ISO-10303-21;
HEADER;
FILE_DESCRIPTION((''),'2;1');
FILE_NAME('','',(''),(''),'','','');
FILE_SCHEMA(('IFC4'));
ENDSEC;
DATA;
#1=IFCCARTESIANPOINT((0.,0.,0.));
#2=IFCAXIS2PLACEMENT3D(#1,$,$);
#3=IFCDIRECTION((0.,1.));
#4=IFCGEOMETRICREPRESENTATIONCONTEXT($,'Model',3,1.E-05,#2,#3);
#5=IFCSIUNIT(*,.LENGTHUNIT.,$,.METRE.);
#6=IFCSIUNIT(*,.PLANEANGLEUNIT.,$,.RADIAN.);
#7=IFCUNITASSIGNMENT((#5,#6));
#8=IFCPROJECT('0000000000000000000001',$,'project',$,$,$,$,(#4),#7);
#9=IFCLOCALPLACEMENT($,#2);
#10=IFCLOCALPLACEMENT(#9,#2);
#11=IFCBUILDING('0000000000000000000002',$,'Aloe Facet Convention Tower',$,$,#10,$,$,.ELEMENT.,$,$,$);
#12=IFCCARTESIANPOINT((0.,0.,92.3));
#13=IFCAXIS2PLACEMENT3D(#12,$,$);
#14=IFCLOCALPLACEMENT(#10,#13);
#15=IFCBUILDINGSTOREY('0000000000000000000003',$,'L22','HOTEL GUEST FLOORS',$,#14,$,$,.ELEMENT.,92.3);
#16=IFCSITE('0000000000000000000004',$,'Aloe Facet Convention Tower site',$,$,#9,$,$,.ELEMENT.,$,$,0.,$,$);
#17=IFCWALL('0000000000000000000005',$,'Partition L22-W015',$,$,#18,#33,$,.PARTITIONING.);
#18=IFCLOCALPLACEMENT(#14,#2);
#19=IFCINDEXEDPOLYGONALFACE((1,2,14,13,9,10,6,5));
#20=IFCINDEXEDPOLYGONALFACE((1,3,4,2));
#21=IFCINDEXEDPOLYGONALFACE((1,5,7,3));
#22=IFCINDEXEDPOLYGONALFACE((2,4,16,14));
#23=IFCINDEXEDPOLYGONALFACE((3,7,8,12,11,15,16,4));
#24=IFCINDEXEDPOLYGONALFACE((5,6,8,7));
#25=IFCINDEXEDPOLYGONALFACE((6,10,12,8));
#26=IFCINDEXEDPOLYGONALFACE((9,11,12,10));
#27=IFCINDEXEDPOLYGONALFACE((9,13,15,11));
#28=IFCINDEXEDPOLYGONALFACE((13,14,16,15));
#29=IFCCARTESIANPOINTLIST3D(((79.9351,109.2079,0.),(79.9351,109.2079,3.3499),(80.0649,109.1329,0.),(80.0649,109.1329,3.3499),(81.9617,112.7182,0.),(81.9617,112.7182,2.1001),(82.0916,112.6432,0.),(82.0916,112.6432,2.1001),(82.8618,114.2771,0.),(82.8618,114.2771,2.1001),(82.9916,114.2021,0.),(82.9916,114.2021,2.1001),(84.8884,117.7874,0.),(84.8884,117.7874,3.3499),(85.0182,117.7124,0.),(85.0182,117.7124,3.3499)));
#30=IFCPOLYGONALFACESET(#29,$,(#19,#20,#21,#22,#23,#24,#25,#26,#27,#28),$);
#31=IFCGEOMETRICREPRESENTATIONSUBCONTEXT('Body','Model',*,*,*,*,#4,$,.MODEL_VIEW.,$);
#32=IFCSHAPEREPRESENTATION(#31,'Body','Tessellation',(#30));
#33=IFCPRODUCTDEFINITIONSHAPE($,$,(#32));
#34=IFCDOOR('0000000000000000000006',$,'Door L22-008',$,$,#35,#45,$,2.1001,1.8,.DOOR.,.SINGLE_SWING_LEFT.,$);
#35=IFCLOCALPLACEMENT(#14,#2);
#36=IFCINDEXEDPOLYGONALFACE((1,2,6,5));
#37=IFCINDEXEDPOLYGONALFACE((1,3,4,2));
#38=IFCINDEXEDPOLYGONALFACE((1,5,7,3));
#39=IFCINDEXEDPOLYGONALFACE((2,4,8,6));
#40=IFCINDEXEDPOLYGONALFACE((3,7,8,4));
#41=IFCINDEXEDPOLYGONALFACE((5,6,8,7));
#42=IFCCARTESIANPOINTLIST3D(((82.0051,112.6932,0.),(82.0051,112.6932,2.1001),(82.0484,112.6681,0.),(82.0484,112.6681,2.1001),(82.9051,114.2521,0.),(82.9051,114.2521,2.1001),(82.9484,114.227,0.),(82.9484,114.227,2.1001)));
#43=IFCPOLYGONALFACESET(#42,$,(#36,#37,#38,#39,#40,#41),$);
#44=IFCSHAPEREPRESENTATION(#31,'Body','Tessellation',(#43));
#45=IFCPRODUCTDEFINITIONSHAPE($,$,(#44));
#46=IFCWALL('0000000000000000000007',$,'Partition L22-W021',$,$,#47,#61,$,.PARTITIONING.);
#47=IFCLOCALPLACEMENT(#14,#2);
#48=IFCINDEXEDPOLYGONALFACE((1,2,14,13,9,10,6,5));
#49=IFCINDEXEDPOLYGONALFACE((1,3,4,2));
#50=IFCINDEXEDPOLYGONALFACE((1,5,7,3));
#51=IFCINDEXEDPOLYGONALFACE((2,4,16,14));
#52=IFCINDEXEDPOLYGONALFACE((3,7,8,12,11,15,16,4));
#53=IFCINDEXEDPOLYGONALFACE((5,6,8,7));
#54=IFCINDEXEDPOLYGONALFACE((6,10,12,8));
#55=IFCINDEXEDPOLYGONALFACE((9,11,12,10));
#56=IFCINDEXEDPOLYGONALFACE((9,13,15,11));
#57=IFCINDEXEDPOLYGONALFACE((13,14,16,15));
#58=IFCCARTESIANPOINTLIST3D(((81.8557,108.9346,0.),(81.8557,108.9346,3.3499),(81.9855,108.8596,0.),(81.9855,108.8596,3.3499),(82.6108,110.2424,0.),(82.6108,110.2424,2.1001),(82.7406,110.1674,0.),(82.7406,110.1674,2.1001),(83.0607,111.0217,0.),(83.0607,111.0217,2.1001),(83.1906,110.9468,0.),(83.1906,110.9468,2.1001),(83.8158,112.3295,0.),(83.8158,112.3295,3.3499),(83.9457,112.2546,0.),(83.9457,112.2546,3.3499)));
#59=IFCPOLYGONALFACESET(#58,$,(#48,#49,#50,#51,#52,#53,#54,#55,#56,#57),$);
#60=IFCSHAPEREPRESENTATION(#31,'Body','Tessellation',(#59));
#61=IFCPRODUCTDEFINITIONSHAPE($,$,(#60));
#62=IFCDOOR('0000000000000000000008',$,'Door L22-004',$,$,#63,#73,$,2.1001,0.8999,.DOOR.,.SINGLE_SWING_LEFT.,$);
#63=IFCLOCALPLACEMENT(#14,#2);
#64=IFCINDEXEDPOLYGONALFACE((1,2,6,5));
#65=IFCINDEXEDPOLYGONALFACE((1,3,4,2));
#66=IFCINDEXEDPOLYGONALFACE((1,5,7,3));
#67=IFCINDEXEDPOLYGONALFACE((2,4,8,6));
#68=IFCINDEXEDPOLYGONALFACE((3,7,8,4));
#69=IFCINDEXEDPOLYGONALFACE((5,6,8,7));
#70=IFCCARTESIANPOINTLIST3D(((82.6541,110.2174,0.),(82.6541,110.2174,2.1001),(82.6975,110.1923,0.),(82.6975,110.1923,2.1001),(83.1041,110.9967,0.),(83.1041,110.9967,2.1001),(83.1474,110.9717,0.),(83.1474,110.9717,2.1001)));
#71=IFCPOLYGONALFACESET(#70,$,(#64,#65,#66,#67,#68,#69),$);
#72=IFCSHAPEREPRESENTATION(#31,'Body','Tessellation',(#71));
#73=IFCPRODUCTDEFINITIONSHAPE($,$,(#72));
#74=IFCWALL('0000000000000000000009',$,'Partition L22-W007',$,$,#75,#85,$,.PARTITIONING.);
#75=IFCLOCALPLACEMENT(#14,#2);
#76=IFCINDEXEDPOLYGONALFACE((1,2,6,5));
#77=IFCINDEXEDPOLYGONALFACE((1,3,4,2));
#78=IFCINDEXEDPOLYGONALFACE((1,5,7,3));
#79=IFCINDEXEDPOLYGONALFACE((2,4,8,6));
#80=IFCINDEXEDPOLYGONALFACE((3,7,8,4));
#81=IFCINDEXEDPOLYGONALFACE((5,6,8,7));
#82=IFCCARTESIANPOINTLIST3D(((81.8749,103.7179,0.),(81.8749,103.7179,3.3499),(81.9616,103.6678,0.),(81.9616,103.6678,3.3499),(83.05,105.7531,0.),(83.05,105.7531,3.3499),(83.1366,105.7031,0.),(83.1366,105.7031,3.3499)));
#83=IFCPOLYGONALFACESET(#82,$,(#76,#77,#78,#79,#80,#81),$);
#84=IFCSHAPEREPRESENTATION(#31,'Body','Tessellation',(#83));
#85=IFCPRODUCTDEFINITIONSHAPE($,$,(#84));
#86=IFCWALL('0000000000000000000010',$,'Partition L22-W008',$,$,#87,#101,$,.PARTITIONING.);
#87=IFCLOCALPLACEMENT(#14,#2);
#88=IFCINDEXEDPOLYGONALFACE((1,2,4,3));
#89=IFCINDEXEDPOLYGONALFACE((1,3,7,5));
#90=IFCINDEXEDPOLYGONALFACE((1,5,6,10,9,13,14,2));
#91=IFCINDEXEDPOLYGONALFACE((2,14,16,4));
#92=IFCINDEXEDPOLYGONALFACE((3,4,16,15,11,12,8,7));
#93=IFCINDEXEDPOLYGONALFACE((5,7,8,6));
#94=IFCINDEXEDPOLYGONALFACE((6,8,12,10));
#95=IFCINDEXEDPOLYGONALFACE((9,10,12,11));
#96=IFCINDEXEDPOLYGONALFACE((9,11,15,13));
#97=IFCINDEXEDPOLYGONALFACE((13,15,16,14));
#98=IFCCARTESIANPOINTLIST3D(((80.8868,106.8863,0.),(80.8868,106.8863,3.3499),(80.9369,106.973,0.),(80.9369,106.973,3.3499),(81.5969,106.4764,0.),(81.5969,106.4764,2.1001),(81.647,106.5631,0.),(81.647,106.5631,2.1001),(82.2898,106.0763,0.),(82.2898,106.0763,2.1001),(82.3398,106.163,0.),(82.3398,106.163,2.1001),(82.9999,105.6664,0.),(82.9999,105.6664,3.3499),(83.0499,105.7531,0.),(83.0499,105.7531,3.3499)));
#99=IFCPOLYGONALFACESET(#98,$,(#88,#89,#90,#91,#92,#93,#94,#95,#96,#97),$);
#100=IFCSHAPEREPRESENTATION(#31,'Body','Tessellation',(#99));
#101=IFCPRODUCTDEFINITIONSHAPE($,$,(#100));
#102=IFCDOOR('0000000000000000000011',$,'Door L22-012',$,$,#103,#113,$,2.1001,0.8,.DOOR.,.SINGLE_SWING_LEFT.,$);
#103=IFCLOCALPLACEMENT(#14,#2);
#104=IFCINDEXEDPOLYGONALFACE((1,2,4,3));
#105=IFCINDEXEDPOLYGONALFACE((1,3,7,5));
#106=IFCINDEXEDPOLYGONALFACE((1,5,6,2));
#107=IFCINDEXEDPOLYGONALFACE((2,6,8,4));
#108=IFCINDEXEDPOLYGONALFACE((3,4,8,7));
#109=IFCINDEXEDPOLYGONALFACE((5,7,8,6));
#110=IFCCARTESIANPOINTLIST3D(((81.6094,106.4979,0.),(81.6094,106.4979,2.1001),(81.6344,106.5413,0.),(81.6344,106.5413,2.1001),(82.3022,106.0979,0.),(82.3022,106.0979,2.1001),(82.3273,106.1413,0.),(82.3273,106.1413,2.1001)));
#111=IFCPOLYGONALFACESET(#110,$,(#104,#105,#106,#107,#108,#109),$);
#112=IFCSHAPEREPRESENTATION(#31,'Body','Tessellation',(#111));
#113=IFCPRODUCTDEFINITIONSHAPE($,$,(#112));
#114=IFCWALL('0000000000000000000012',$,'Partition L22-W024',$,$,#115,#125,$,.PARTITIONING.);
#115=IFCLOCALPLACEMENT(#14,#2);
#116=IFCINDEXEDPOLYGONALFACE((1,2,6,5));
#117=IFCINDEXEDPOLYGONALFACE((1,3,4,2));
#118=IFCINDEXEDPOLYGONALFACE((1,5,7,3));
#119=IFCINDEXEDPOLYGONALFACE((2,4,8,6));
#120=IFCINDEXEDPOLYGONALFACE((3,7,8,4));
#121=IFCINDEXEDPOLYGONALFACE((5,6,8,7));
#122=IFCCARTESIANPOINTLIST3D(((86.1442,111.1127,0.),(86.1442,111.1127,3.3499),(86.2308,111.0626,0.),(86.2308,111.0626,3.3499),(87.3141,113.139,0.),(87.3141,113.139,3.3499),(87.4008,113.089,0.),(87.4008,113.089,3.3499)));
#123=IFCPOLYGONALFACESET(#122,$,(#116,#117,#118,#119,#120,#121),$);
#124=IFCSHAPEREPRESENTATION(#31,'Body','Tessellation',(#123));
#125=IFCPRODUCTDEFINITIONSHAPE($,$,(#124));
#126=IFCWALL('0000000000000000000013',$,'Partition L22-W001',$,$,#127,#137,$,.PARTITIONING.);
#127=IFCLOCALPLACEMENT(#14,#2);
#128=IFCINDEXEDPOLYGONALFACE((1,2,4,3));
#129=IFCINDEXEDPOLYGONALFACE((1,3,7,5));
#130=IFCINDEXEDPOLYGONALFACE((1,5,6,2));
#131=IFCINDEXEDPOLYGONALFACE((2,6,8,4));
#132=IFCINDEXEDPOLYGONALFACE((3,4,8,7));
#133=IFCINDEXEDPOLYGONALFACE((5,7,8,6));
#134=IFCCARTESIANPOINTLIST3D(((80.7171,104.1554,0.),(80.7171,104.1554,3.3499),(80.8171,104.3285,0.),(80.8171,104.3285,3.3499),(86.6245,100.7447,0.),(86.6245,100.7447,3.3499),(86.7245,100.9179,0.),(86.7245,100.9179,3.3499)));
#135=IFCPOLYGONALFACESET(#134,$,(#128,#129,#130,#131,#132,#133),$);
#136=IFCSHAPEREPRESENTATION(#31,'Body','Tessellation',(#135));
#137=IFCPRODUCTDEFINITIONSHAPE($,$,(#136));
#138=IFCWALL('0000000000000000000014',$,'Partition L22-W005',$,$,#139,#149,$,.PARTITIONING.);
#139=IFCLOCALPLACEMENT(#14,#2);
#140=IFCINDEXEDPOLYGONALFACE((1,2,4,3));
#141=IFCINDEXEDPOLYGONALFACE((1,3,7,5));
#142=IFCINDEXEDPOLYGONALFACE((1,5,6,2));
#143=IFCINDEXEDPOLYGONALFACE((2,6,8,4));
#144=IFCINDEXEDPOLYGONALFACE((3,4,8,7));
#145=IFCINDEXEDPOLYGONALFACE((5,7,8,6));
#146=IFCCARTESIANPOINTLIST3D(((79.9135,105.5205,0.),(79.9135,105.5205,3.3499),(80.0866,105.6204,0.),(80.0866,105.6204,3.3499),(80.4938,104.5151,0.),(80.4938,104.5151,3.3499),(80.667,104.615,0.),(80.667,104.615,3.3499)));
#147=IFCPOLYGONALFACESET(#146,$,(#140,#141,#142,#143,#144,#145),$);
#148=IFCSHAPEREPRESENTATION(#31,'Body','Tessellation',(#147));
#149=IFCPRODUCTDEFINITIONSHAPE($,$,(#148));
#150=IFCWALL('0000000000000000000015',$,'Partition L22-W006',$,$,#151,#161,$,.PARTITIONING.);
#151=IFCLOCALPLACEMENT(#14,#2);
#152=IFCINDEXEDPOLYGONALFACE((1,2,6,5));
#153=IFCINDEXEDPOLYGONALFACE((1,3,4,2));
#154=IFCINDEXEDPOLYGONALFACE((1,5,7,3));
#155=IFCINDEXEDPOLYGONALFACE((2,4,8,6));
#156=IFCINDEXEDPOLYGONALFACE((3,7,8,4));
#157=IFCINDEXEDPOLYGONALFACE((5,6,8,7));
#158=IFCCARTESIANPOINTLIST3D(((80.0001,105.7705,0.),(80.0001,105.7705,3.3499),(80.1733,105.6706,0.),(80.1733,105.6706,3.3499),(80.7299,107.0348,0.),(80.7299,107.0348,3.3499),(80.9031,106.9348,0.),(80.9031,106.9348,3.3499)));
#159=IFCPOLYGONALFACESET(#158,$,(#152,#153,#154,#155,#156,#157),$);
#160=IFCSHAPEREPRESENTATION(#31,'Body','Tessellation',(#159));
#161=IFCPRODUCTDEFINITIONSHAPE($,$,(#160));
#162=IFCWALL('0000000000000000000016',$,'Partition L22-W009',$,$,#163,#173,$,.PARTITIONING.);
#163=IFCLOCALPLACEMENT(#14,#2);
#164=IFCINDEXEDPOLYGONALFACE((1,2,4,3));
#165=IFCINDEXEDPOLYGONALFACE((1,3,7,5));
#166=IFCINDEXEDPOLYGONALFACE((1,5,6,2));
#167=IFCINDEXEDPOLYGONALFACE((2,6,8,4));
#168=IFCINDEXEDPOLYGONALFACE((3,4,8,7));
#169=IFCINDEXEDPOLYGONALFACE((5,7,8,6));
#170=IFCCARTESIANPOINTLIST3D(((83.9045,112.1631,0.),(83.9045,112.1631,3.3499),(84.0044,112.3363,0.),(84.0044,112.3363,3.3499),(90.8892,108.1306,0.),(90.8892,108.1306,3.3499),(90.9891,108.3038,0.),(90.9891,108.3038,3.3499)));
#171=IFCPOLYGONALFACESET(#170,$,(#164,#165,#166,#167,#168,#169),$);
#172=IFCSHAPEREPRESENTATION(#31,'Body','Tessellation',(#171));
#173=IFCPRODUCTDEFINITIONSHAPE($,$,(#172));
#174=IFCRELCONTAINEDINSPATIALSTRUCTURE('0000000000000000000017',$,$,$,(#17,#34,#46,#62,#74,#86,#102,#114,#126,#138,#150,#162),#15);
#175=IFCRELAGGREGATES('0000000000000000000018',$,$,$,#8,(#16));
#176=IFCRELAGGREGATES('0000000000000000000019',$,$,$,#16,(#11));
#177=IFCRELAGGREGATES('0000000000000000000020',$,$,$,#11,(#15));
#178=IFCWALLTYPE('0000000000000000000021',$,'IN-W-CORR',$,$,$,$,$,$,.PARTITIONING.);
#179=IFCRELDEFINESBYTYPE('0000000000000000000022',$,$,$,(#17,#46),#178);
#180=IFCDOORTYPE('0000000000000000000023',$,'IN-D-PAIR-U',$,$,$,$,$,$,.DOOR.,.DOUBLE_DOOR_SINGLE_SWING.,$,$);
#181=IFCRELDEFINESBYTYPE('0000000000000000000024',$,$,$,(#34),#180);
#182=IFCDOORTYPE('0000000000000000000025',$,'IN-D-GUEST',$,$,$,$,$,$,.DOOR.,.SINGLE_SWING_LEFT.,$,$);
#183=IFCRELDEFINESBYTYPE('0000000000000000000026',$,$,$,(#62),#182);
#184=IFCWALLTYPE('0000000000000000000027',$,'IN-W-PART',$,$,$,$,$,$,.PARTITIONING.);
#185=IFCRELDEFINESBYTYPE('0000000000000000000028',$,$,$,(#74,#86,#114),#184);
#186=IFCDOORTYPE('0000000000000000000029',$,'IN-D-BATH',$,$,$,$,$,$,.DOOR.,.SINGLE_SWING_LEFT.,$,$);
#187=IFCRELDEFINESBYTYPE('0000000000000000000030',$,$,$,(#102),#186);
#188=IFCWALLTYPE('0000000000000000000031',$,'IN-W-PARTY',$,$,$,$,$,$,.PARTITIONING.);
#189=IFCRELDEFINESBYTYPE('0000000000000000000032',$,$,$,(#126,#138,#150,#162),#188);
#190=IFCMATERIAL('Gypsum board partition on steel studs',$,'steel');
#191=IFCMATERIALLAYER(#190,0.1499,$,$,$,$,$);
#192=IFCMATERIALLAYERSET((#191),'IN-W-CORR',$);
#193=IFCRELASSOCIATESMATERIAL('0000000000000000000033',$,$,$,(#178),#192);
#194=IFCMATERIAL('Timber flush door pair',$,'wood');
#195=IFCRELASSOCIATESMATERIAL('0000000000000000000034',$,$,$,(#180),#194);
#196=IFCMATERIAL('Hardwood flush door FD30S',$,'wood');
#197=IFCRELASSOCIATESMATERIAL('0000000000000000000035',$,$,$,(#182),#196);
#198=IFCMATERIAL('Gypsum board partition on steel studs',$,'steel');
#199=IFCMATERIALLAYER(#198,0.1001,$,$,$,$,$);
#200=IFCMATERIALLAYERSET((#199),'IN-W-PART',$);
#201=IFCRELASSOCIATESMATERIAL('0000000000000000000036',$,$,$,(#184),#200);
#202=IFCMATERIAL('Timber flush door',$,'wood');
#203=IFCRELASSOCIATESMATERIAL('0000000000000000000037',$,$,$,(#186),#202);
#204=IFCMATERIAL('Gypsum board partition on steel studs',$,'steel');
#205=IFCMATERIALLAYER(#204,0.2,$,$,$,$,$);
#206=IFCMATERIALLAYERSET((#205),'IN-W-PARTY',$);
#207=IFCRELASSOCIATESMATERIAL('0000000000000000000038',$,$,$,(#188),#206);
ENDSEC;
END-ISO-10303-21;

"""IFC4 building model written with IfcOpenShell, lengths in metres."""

from ifc_helpers import new_model, si_unit, direction, frame, frame_2d, origin, place, context, subcontext, project, spatial, rectangle, extrude, material, layer, layer_set, type_object, element, fill, save


model = new_model("IFC4")

# Units and contexts
model_context = context("Model", 3, precision=1e-05, world=origin(), true_north=direction((0.0, 1.0)))
body_context = subcontext(model_context, "Body", "Model", "MODEL_VIEW")
ifc_project = project(units=[si_unit("LENGTHUNIT", "METRE"), si_unit("PLANEANGLEUNIT", "RADIAN")], contexts=[model_context])

# Site, building, storey
site_placement = place(None, origin())
site = spatial("IfcSite", under=ifc_project, at=site_placement, Name="Aloe Facet Convention Tower site", CompositionType="ELEMENT", RefElevation=0.0)
building_placement = place(site_placement, origin())
building = spatial("IfcBuilding", under=site, at=building_placement, Name="Aloe Facet Convention Tower", CompositionType="ELEMENT")
storey_placement = place(building_placement, frame((0.0, 0.0, 92.3)))
storey = spatial("IfcBuildingStorey", under=building, at=storey_placement, Name="L22", Description="HOTEL GUEST FLOORS", CompositionType="ELEMENT", Elevation=92.3)

# Shared definitions
ifc_material_1 = material(Name="Gypsum board partition on steel studs", Category="steel")
ifc_layer_1 = layer(ifc_material_1, 0.1499)
ifc_layer_set_1 = layer_set([ifc_layer_1], Name="IN-W-CORR")
wall_type_1 = type_object("IfcWallType", Name="IN-W-CORR", PredefinedType="PARTITIONING", material=ifc_layer_set_1)

# Walls, openings, doors
wall_1_placement = place(storey_placement, frame((80.0, 109.1704, 0.0), z_axis=(0.0, 0.0, 1.0), x_axis=(0.499996, 0.866028, 0.0)))
wall_1 = element("IfcWall", 1, at=wall_1_placement, inside=storey, type_object=wall_type_1, Name="Partition L22-W015", PredefinedType="PARTITIONING", context=body_context, shape_type="SweptSolid", body=[
    extrude(rectangle(XDim=9.9067, YDim=0.1499, at=frame_2d((4.9534, 0.0))), origin(), (0.0, 0.0, 1.0), 3.3499),
])
opening_1_placement = place(wall_1_placement, frame((4.0535, 0.0, 0.0)))
opening_1 = element("IfcOpeningElement", 2, at=opening_1_placement, cuts=wall_1, PredefinedType="OPENING", context=body_context, shape_type="SweptSolid", body=[
    extrude(rectangle(XDim=1.8, YDim=2.1001, at=frame_2d((0.8999, 1.05))), frame((0.0, 0.085, 0.0), z_axis=(0.0, -1.0, 0.0), x_axis=(1.0, 0.0, 0.0)), (0.0, 0.0, 1.0), 0.1699),
])
ifc_material_2 = material(Name="Timber flush door pair", Category="wood")
door_type_1 = type_object("IfcDoorType", Name="IN-D-PAIR-U", OperationType="DOUBLE_DOOR_SINGLE_SWING", PredefinedType="DOOR", material=ifc_material_2)
door_1_placement = place(opening_1_placement, origin())
door_1 = element("IfcDoor", 3, at=door_1_placement, inside=storey, type_object=door_type_1, Name="Door L22-008", OperationType="SINGLE_SWING_LEFT", OverallHeight=2.1001, OverallWidth=1.8, PredefinedType="DOOR", context=body_context, shape_type="SweptSolid", body=[
    extrude(rectangle(XDim=1.8, YDim=2.1001, at=frame_2d((0.8999, 1.05))), frame((0.0, 0.0249, 0.0), z_axis=(0.0, -1.0, 0.0), x_axis=(1.0, 0.0, 0.0)), (0.0, 0.0, 1.0), 0.05),
])
fill(opening_1, door_1)
wall_2_placement = place(storey_placement, frame((81.9207, 108.8972, 0.0), z_axis=(0.0, 0.0, 1.0), x_axis=(0.500017, 0.866016, 0.0)))
wall_2 = element("IfcWall", 4, at=wall_2_placement, inside=storey, type_object=wall_type_1, Name="Partition L22-W021", PredefinedType="PARTITIONING", context=body_context, shape_type="SweptSolid", body=[
    extrude(rectangle(XDim=3.9202, YDim=0.1499, at=frame_2d((1.96, 0.0))), origin(), (0.0, 0.0, 1.0), 3.3499),
])
opening_2_placement = place(wall_2_placement, frame((1.51, 0.0, 0.0)))
opening_2 = element("IfcOpeningElement", 5, at=opening_2_placement, cuts=wall_2, PredefinedType="OPENING", context=body_context, shape_type="SweptSolid", body=[
    extrude(rectangle(XDim=0.8999, YDim=2.1001, at=frame_2d((0.45, 1.05))), frame((0.0, 0.085, 0.0), z_axis=(0.0, -1.0, 0.0), x_axis=(1.0, 0.0, 0.0)), (0.0, 0.0, 1.0), 0.1699),
])
ifc_material_3 = material(Name="Hardwood flush door FD30S", Category="wood")
door_type_2 = type_object("IfcDoorType", Name="IN-D-GUEST", OperationType="SINGLE_SWING_LEFT", PredefinedType="DOOR", material=ifc_material_3)
door_2_placement = place(opening_2_placement, origin())
door_2 = element("IfcDoor", 6, at=door_2_placement, inside=storey, type_object=door_type_2, Name="Door L22-004", OperationType="SINGLE_SWING_LEFT", OverallHeight=2.1001, OverallWidth=0.8999, PredefinedType="DOOR", context=body_context, shape_type="SweptSolid", body=[
    extrude(rectangle(XDim=0.8999, YDim=2.1001, at=frame_2d((0.45, 1.05))), frame((0.0, 0.0249, 0.0), z_axis=(0.0, -1.0, 0.0), x_axis=(1.0, 0.0, 0.0)), (0.0, 0.0, 1.0), 0.05),
])
fill(opening_2, door_2)

# Wall
ifc_material_4 = material(Name="Gypsum board partition on steel studs", Category="steel")
ifc_layer_2 = layer(ifc_material_4, 0.1001)
ifc_layer_set_2 = layer_set([ifc_layer_2], Name="IN-W-PART")
wall_type_2 = type_object("IfcWallType", Name="IN-W-PART", PredefinedType="PARTITIONING", material=ifc_layer_set_2)
wall_3_placement = place(storey_placement, frame((81.9182, 103.6929, 0.0), z_axis=(0.0, 0.0, 1.0), x_axis=(0.500016, 0.866016, 0.0)))
element("IfcWall", 7, at=wall_3_placement, inside=storey, type_object=wall_type_2, Name="Partition L22-W007", PredefinedType="PARTITIONING", context=body_context, shape_type="SweptSolid", body=[
    extrude(rectangle(XDim=2.3501, YDim=0.1001, at=frame_2d((1.175, 0.0))), origin(), (0.0, 0.0, 1.0), 3.3499),
])

# Wall, opening, door
wall_4_placement = place(storey_placement, frame((80.9119, 106.9297, 0.0), z_axis=(0.0, 0.0, 1.0), x_axis=(0.866024, -0.500003, 0.0)))
wall_4 = element("IfcWall", 8, at=wall_4_placement, inside=storey, type_object=wall_type_2, Name="Partition L22-W008", PredefinedType="PARTITIONING", context=body_context, shape_type="SweptSolid", body=[
    extrude(rectangle(XDim=2.4399, YDim=0.1001, at=frame_2d((1.22, 0.0))), origin(), (0.0, 0.0, 1.0), 3.3499),
])
opening_3_placement = place(wall_4_placement, frame((0.8201, 0.0, 0.0)))
opening_3 = element("IfcOpeningElement", 9, at=opening_3_placement, cuts=wall_4, PredefinedType="OPENING", context=body_context, shape_type="SweptSolid", body=[
    extrude(rectangle(XDim=0.8, YDim=2.1001, at=frame_2d((0.3999, 1.05))), frame((0.0, 0.0601, 0.0), z_axis=(0.0, -1.0, 0.0), x_axis=(1.0, 0.0, 0.0)), (0.0, 0.0, 1.0), 0.1201),
])
ifc_material_5 = material(Name="Timber flush door", Category="wood")
door_type_3 = type_object("IfcDoorType", Name="IN-D-BATH", OperationType="SINGLE_SWING_LEFT", PredefinedType="DOOR", material=ifc_material_5)
door_3_placement = place(opening_3_placement, origin())
door_3 = element("IfcDoor", 10, at=door_3_placement, inside=storey, type_object=door_type_3, Name="Door L22-012", OperationType="SINGLE_SWING_LEFT", OverallHeight=2.1001, OverallWidth=0.8, PredefinedType="DOOR", context=body_context, shape_type="SweptSolid", body=[
    extrude(rectangle(XDim=0.8, YDim=2.1001, at=frame_2d((0.3999, 1.05))), frame((0.0, 0.0249, 0.0), z_axis=(0.0, -1.0, 0.0), x_axis=(1.0, 0.0, 0.0)), (0.0, 0.0, 1.0), 0.05),
])
fill(opening_3, door_3)

# Walls
wall_5_placement = place(storey_placement, frame((86.1875, 111.0876, 0.0), z_axis=(0.0, 0.0, 1.0), x_axis=(0.499999, 0.866026, 0.0)))
element("IfcWall", 11, at=wall_5_placement, inside=storey, type_object=wall_type_2, Name="Partition L22-W024", PredefinedType="PARTITIONING", context=body_context, shape_type="SweptSolid", body=[
    extrude(rectangle(XDim=2.3398, YDim=0.1001, at=frame_2d((1.1699, 0.0))), origin(), (0.0, 0.0, 1.0), 3.3499),
])
ifc_material_6 = material(Name="Gypsum board partition on steel studs", Category="steel")
ifc_layer_3 = layer(ifc_material_6, 0.2)
ifc_layer_set_3 = layer_set([ifc_layer_3], Name="IN-W-PARTY")
wall_type_3 = type_object("IfcWallType", Name="IN-W-PARTY", PredefinedType="PARTITIONING", material=ifc_layer_set_3)
wall_6_placement = place(storey_placement, frame((80.7671, 104.2419, 0.0), z_axis=(0.0, 0.0, 1.0), x_axis=(0.866028, -0.499996, 0.0)))
element("IfcWall", 12, at=wall_6_placement, inside=storey, type_object=wall_type_3, Name="Partition L22-W001", PredefinedType="PARTITIONING", context=body_context, shape_type="SweptSolid", body=[
    extrude(rectangle(XDim=6.8213, YDim=0.2, at=frame_2d((3.4106, 0.0))), origin(), (0.0, 0.0, 1.0), 3.3499),
])
wall_7_placement = place(storey_placement, frame((80.0, 105.5706, 0.0), z_axis=(0.0, 0.0, 1.0), x_axis=(0.499917, -0.866074, 0.0)))
element("IfcWall", 13, at=wall_7_placement, inside=storey, type_object=wall_type_3, Name="Partition L22-W005", PredefinedType="PARTITIONING", context=body_context, shape_type="SweptSolid", body=[
    extrude(rectangle(XDim=1.1609, YDim=0.2, at=frame_2d((0.5806, 0.0))), origin(), (0.0, 0.0, 1.0), 3.3499),
])
wall_8_placement = place(storey_placement, frame((80.0867, 105.7205, 0.0), z_axis=(0.0, 0.0, 1.0), x_axis=(0.499935, 0.866063, 0.0)))
element("IfcWall", 14, at=wall_8_placement, inside=storey, type_object=wall_type_3, Name="Partition L22-W006", PredefinedType="PARTITIONING", context=body_context, shape_type="SweptSolid", body=[
    extrude(rectangle(XDim=1.4597, YDim=0.2, at=frame_2d((0.73, 0.0))), origin(), (0.0, 0.0, 1.0), 3.3499),
])
wall_9_placement = place(storey_placement, frame((83.9543, 112.2498, 0.0), z_axis=(0.0, 0.0, 1.0), x_axis=(0.866031, -0.499991, 0.0)))
element("IfcWall", 15, at=wall_9_placement, inside=storey, type_object=wall_type_3, Name="Partition L22-W009", PredefinedType="PARTITIONING", context=body_context, shape_type="SweptSolid", body=[
    extrude(rectangle(XDim=8.0652, YDim=0.2, at=frame_2d((4.0327, 0.0))), origin(), (0.0, 0.0, 1.0), 3.3499),
])

save(model, "model.ifc")
